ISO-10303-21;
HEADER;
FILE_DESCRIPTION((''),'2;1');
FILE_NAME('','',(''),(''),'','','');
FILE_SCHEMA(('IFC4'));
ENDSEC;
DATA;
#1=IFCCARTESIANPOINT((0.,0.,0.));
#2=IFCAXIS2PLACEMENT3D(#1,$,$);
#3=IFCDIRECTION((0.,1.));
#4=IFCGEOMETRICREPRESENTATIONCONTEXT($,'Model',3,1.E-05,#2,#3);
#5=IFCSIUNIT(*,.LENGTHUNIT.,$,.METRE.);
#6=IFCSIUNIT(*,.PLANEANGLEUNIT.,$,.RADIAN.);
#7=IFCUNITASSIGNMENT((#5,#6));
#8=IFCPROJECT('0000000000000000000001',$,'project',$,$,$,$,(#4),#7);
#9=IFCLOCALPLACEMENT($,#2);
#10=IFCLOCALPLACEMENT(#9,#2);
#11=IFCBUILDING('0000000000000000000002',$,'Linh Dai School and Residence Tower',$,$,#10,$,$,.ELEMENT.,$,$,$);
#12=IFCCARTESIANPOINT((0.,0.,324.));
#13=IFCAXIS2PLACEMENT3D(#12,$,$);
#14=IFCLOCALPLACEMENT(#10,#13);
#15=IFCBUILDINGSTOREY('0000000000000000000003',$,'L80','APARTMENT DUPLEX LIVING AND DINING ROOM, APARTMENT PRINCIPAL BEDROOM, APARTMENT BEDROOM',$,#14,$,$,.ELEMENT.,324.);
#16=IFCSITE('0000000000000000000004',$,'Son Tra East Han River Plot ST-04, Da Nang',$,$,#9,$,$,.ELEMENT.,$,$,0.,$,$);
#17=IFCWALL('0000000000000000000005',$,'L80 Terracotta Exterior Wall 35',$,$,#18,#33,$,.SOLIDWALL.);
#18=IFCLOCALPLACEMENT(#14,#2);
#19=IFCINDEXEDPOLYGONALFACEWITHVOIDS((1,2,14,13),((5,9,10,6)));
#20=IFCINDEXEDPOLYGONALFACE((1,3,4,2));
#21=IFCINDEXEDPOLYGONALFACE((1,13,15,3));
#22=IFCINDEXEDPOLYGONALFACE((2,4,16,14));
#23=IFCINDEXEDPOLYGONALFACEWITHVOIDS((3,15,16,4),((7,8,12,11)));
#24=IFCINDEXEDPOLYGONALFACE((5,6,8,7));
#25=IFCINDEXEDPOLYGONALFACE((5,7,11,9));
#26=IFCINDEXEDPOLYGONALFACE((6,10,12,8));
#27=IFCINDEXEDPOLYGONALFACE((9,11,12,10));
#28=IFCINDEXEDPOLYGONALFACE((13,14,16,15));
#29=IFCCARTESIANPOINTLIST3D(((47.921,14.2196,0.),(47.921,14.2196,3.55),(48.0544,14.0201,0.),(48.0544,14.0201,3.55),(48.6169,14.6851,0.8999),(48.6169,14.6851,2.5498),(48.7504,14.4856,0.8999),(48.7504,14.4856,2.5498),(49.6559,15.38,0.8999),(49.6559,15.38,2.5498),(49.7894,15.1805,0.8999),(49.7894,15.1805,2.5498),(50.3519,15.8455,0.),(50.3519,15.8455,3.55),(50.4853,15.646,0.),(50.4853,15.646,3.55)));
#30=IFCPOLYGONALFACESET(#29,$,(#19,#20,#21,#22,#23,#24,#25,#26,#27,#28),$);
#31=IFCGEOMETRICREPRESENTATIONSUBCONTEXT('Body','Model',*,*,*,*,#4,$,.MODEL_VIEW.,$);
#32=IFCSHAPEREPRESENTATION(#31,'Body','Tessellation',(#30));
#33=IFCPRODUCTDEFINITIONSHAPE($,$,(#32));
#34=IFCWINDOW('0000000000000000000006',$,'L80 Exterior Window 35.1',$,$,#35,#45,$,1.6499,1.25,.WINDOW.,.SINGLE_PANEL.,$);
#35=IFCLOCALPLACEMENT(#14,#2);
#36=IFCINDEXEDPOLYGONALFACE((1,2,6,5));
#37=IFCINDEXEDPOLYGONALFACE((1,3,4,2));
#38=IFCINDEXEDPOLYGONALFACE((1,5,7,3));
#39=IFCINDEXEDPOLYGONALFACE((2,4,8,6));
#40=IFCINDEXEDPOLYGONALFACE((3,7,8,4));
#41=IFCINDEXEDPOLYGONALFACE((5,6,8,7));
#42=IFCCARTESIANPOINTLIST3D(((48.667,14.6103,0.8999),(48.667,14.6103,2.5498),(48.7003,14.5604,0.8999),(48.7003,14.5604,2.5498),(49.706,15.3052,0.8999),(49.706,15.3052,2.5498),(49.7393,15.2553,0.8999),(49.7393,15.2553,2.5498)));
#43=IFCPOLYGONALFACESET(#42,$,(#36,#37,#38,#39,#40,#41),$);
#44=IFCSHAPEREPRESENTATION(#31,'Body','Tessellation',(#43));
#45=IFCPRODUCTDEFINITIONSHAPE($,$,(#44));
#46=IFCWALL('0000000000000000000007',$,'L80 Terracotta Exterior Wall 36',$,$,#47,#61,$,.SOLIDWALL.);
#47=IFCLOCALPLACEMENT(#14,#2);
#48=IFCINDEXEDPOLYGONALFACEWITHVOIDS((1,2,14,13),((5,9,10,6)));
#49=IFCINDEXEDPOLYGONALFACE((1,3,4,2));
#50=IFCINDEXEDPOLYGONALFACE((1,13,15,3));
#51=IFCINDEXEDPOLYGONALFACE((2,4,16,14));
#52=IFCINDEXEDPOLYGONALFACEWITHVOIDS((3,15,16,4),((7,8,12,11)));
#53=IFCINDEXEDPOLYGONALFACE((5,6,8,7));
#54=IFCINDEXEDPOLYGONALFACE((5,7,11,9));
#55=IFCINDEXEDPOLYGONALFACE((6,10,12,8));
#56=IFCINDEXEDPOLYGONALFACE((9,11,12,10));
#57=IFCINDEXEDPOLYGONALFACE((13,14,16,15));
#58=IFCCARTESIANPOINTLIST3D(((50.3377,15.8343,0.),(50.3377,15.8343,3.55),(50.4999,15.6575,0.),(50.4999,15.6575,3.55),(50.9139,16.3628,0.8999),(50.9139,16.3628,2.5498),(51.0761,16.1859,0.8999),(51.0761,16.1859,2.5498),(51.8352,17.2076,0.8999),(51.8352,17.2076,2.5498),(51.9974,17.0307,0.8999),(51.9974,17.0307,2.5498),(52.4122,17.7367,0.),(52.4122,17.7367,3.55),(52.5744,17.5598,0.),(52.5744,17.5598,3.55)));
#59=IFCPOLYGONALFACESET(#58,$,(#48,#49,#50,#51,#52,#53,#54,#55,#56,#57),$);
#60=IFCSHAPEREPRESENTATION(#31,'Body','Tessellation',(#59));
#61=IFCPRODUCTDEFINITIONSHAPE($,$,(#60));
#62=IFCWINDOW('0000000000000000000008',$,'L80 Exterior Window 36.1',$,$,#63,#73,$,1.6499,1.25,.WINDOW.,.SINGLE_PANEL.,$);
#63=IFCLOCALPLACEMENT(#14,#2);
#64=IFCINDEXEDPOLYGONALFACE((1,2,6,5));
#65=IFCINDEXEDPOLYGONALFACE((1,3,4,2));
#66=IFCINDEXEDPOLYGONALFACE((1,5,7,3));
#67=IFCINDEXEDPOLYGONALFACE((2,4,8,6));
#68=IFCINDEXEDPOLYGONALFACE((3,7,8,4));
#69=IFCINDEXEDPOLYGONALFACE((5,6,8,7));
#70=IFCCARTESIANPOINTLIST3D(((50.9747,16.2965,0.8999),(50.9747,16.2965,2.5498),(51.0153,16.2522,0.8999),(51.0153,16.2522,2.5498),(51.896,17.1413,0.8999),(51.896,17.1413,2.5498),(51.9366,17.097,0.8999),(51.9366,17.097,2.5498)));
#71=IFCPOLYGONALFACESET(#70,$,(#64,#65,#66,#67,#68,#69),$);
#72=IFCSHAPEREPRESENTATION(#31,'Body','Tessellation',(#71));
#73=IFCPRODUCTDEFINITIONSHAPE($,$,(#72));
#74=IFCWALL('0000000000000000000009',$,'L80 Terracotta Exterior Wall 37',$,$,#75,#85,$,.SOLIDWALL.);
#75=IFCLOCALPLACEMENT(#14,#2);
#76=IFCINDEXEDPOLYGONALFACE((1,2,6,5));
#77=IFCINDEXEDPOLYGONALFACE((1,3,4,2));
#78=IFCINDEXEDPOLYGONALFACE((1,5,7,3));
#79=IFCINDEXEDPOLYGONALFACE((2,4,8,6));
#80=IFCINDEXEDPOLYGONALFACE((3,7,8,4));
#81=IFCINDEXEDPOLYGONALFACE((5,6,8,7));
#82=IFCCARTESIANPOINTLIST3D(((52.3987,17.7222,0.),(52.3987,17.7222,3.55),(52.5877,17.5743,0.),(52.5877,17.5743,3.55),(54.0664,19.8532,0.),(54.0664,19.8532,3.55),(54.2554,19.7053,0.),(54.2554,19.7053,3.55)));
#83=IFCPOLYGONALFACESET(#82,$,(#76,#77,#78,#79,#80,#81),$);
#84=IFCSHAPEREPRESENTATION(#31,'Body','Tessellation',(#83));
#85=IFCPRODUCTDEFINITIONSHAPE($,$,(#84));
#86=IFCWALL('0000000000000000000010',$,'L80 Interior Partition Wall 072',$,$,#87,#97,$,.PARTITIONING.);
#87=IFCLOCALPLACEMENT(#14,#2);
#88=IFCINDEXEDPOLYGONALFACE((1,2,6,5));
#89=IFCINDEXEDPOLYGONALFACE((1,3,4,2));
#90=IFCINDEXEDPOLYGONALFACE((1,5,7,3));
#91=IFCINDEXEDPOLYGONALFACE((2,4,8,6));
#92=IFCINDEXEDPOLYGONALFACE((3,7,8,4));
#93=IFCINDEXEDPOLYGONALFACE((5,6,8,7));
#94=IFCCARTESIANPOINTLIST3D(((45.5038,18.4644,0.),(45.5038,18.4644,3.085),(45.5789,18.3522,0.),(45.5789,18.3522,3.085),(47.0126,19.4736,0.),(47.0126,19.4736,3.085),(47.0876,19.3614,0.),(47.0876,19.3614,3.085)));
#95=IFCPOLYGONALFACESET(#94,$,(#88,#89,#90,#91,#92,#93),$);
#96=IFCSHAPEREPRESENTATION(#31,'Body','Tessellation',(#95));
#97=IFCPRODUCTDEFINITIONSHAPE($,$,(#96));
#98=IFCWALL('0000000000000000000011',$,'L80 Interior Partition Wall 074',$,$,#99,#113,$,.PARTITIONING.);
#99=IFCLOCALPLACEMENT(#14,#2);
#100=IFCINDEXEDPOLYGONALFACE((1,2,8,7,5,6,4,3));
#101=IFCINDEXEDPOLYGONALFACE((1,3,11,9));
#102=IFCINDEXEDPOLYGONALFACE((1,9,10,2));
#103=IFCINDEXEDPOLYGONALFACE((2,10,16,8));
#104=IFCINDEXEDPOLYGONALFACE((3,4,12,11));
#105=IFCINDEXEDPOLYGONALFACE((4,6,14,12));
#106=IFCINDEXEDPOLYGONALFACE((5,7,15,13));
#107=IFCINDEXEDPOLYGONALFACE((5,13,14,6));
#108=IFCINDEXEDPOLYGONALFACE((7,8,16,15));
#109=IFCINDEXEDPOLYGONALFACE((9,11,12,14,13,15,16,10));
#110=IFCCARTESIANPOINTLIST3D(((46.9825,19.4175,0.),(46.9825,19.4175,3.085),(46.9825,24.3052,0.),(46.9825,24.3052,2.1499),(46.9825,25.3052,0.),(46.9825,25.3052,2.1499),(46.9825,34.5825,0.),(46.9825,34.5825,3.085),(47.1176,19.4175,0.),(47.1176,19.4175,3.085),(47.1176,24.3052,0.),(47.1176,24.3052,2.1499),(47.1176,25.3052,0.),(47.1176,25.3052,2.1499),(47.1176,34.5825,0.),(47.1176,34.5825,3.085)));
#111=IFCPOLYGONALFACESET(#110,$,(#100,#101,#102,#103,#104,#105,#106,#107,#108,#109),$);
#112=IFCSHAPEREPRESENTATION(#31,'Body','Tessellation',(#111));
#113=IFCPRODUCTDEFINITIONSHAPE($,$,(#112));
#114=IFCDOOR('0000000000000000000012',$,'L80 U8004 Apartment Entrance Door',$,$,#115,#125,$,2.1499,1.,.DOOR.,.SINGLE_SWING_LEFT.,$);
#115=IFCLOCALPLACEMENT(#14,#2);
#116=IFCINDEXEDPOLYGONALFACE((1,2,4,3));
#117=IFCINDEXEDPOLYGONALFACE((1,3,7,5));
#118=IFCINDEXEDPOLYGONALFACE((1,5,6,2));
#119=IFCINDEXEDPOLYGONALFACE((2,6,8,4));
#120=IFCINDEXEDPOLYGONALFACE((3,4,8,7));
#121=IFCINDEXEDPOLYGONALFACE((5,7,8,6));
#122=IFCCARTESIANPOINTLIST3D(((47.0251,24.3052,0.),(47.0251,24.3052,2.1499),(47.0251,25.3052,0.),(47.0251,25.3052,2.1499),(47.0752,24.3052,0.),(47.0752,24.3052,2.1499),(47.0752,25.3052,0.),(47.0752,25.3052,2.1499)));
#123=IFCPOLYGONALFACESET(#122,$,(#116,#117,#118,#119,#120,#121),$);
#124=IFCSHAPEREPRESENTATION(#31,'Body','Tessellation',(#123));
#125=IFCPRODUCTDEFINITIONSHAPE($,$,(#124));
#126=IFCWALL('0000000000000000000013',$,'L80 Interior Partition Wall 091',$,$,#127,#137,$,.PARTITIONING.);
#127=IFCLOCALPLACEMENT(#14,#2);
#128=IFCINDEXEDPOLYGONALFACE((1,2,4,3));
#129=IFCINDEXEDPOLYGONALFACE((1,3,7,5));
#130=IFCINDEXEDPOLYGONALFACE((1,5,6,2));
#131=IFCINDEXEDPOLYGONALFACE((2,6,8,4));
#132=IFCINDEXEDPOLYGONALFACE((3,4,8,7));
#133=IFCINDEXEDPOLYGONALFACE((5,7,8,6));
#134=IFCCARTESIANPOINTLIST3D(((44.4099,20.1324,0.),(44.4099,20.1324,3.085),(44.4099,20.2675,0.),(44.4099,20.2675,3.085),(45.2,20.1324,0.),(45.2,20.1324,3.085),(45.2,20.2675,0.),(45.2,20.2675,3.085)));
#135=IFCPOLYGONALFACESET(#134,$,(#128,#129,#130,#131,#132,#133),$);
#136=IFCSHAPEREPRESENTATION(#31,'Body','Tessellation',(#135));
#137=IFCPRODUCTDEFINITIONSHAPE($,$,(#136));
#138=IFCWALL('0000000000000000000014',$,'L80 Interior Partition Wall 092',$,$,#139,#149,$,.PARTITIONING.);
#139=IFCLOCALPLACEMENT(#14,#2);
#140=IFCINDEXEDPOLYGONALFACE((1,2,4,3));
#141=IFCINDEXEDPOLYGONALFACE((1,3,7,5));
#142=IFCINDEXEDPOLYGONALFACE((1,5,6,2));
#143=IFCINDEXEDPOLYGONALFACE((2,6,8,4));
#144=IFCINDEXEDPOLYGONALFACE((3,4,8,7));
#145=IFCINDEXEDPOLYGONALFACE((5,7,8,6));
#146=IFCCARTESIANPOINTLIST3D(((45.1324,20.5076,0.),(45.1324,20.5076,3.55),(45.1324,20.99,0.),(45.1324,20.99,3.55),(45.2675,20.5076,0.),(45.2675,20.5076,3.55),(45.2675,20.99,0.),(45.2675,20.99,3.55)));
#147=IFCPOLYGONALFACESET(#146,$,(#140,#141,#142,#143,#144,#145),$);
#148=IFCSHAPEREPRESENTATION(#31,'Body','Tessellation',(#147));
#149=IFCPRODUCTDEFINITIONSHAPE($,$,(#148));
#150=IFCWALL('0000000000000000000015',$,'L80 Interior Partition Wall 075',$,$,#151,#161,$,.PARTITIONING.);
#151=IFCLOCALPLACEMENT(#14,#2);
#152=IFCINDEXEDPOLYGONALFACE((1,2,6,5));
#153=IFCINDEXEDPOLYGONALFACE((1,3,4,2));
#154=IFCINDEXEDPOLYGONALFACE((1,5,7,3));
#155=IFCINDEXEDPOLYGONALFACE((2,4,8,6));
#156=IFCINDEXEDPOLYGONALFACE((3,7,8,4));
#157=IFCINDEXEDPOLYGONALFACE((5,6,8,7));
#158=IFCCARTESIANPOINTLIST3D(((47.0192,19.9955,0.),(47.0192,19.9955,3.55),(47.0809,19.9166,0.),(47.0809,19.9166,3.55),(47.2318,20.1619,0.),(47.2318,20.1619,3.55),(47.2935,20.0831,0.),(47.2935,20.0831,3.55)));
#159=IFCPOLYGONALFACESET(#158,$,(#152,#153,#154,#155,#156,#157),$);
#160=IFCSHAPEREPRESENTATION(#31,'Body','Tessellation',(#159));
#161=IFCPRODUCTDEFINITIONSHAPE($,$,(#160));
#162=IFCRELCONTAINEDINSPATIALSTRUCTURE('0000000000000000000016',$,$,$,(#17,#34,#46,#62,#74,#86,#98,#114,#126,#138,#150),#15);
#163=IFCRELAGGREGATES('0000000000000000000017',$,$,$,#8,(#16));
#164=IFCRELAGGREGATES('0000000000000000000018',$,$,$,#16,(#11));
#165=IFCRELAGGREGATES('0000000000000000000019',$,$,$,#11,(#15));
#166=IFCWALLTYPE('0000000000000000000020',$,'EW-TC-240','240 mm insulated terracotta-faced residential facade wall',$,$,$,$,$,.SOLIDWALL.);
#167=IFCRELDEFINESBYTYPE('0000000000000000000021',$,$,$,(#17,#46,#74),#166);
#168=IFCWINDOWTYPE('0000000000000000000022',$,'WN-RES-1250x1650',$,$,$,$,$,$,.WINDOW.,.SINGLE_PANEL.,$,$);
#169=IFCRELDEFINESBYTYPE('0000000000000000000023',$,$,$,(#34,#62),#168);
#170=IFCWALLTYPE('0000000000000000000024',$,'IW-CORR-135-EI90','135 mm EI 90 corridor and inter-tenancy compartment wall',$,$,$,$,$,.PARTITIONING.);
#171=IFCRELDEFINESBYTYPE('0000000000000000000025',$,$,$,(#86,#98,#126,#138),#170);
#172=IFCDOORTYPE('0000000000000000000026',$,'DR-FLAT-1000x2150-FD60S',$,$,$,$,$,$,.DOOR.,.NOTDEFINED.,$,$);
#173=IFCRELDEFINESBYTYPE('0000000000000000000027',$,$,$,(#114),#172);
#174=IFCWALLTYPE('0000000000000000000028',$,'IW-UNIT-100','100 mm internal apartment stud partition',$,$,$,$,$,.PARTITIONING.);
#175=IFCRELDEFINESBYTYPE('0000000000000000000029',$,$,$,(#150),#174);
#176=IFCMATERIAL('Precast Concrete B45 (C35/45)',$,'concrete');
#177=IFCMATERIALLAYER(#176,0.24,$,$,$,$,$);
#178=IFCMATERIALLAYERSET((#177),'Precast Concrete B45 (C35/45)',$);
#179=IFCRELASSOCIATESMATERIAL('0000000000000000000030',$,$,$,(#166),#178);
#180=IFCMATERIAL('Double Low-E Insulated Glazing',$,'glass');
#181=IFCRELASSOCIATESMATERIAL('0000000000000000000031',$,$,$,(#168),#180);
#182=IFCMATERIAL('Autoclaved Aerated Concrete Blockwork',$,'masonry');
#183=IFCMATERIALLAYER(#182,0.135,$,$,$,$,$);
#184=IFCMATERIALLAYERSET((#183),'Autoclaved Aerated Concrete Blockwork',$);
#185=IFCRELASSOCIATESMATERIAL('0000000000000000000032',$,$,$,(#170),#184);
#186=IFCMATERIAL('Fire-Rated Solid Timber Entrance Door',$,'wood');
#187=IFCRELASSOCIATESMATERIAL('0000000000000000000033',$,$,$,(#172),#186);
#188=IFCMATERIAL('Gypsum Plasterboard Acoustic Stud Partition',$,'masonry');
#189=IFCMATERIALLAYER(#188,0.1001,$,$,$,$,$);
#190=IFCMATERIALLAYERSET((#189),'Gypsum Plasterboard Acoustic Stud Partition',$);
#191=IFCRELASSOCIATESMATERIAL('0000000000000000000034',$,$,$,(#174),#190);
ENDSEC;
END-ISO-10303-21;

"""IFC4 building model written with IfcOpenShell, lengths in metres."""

from ifc_helpers import new_model, si_unit, direction, frame, frame_2d, origin, origin_2d, place, context, subcontext, project, spatial, rectangle, extrude, source, transform, mapped, material, layer, layer_set, type_object, element, fill, save


model = new_model("IFC4")

# Units and contexts
model_context = context("Model", 3, precision=1e-05, world=origin(), true_north=direction((0.0, 1.0)))
body_context = subcontext(model_context, "Body", "Model", "MODEL_VIEW")
ifc_project = project(units=[si_unit("LENGTHUNIT", "METRE"), si_unit("PLANEANGLEUNIT", "RADIAN")], contexts=[model_context])

# Site, building, storey
site_placement = place(None, origin())
site = spatial("IfcSite", under=ifc_project, at=site_placement, Name="Son Tra East Han River Plot ST-04, Da Nang", CompositionType="ELEMENT", RefElevation=0.0)
building_placement = place(site_placement, origin())
building = spatial("IfcBuilding", under=site, at=building_placement, Name="Linh Dai School and Residence Tower", CompositionType="ELEMENT")
storey_placement = place(building_placement, frame((0.0, 0.0, 324.0)))
storey = spatial("IfcBuildingStorey", under=building, at=storey_placement, Name="L80", Description="APARTMENT DUPLEX LIVING AND DINING ROOM, APARTMENT PRINCIPAL BEDROOM, APARTMENT BEDROOM", CompositionType="ELEMENT", Elevation=324.0)

# Shared definitions
ifc_material_1 = material(Name="Precast Concrete B45 (C35/45)", Category="concrete")

# Walls, openings, windows
ifc_layer_1 = layer(ifc_material_1, 0.24)
ifc_layer_set_1 = layer_set([ifc_layer_1], Name="Precast Concrete B45 (C35/45)")
wall_type_1 = type_object("IfcWallType", Name="EW-TC-240", Description="240 mm insulated terracotta-faced residential facade wall", PredefinedType="SOLIDWALL", material=ifc_layer_set_1)
ifc_material_2 = material(Name="Double Low-E Insulated Glazing", Category="glass")
window_type = type_object("IfcWindowType", Name="WN-RES-1250x1650", PartitioningType="SINGLE_PANEL", PredefinedType="WINDOW", material=ifc_material_2)
shared_shape_1 = source(origin(), body_context, "Body", "SweptSolid", [
    extrude(rectangle(XDim=1.25, YDim=1.6499, at=origin_2d()), frame((0.625, 0.03, 0.825), z_axis=(0.0, -1.0, 0.0), x_axis=(1.0, 0.0, 0.0)), (0.0, 0.0, 1.0), 0.0601),
])
wall_1_placement = place(storey_placement, frame((50.4187, 15.7458, 0.0), z_axis=(0.0, 0.0, 1.0), x_axis=(-0.831202, -0.555971, 0.0)))
wall_1 = element("IfcWall", 1, at=wall_1_placement, inside=storey, type_object=wall_type_1, Name="L80 Terracotta Exterior Wall 35", PredefinedType="SOLIDWALL", context=body_context, shape_type="SweptSolid", body=[
    extrude(rectangle(XDim=2.9246, YDim=0.24, at=frame_2d((1.4624, 0.0))), origin(), (0.0, 0.0, 1.0), 3.55),
])
opening_1_placement = place(wall_1_placement, frame((0.8374, 0.0, 0.8999)))
opening_1 = element("IfcOpeningElement", 2, at=opening_1_placement, cuts=wall_1, PredefinedType="OPENING", context=body_context, shape_type="SweptSolid", body=[
    extrude(rectangle(XDim=1.25, YDim=1.6499, at=origin_2d()), frame((0.625, 0.1299, 0.825), z_axis=(0.0, -1.0, 0.0), x_axis=(1.0, 0.0, 0.0)), (0.0, 0.0, 1.0), 0.26),
])
window_1_placement = place(opening_1_placement, origin())
window_1 = element("IfcWindow", 3, at=window_1_placement, inside=storey, type_object=window_type, Name="L80 Exterior Window 35.1", OverallHeight=1.6499, OverallWidth=1.25, PartitioningType="SINGLE_PANEL", PredefinedType="WINDOW", context=body_context, shape_type="MappedRepresentation", body=[
    mapped(shared_shape_1, transform((0.0, 0.0, 0.0), x_axis=(1.0, 0.0, 0.0), y_axis=(0.0, 1.0, 0.0), z_axis=(0.0, 0.0, 1.0), scale=1.0)),
])
fill(opening_1, window_1)
wall_2_placement = place(storey_placement, frame((52.4932, 17.6482, 0.0), z_axis=(0.0, 0.0, 1.0), x_axis=(-0.737021, -0.67587, 0.0)))
wall_2 = element("IfcWall", 4, at=wall_2_placement, inside=storey, type_object=wall_type_1, Name="L80 Terracotta Exterior Wall 36", PredefinedType="SOLIDWALL", context=body_context, shape_type="SweptSolid", body=[
    extrude(rectangle(XDim=2.8147, YDim=0.24, at=frame_2d((1.4072, 0.0))), origin(), (0.0, 0.0, 1.0), 3.55),
])
opening_2_placement = place(wall_2_placement, frame((0.7827, 0.0, 0.8999)))
opening_2 = element("IfcOpeningElement", 5, at=opening_2_placement, cuts=wall_2, PredefinedType="OPENING", context=body_context, shape_type="SweptSolid", body=[
    extrude(rectangle(XDim=1.25, YDim=1.6499, at=origin_2d()), frame((0.625, 0.1299, 0.825), z_axis=(0.0, -1.0, 0.0), x_axis=(1.0, 0.0, 0.0)), (0.0, 0.0, 1.0), 0.26),
])
window_2_placement = place(opening_2_placement, origin())
window_2 = element("IfcWindow", 6, at=window_2_placement, inside=storey, type_object=window_type, Name="L80 Exterior Window 36.1", OverallHeight=1.6499, OverallWidth=1.25, PartitioningType="SINGLE_PANEL", PredefinedType="WINDOW", context=body_context, shape_type="MappedRepresentation", body=[
    mapped(shared_shape_1, transform((0.0, 0.0, 0.0), x_axis=(1.0, 0.0, 0.0), y_axis=(0.0, 1.0, 0.0), z_axis=(0.0, 0.0, 1.0), scale=1.0)),
])
fill(opening_2, window_2)

# Walls
wall_3_placement = place(storey_placement, frame((54.1609, 19.7793, 0.0), z_axis=(0.0, 0.0, 1.0), x_axis=(-0.616286, -0.787522, 0.0)))
element("IfcWall", 7, at=wall_3_placement, inside=storey, type_object=wall_type_1, Name="L80 Terracotta Exterior Wall 37", PredefinedType="SOLIDWALL", context=body_context, shape_type="SweptSolid", body=[
    extrude(rectangle(XDim=2.7061, YDim=0.24, at=frame_2d((1.353, 0.0))), origin(), (0.0, 0.0, 1.0), 3.55),
])
ifc_material_3 = material(Name="Autoclaved Aerated Concrete Blockwork", Category="masonry")
ifc_layer_2 = layer(ifc_material_3, 0.135)
ifc_layer_set_2 = layer_set([ifc_layer_2], Name="Autoclaved Aerated Concrete Blockwork")
wall_type_2 = type_object("IfcWallType", Name="IW-CORR-135-EI90", Description="135 mm EI 90 corridor and inter-tenancy compartment wall", PredefinedType="PARTITIONING", material=ifc_layer_set_2)
wall_4_placement = place(storey_placement, frame((45.5413, 18.4082, 0.0), z_axis=(0.0, 0.0, 1.0), x_axis=(0.83118, 0.556003, 0.0)))
element("IfcWall", 8, at=wall_4_placement, inside=storey, type_object=wall_type_2, Name="L80 Interior Partition Wall 072", PredefinedType="PARTITIONING", context=body_context, shape_type="SweptSolid", body=[
    extrude(rectangle(XDim=1.8152, YDim=0.135, at=frame_2d((0.9077, 0.0))), origin(), (0.0, 0.0, 1.0), 3.085),
])

# Wall, opening, door
wall_5_placement = place(storey_placement, frame((47.05, 19.4175, 0.0), z_axis=(0.0, 0.0, 1.0), x_axis=(0.0, 1.0, 0.0)))
wall_5 = element("IfcWall", 9, at=wall_5_placement, inside=storey, type_object=wall_type_2, Name="L80 Interior Partition Wall 074", PredefinedType="PARTITIONING", context=body_context, shape_type="SweptSolid", body=[
    extrude(rectangle(XDim=15.165, YDim=0.135, at=frame_2d((7.5825, 0.0))), origin(), (0.0, 0.0, 1.0), 3.085),
])
opening_3_placement = place(wall_5_placement, frame((4.8877, 0.0, 0.0)))
opening_3 = element("IfcOpeningElement", 10, at=opening_3_placement, cuts=wall_5, PredefinedType="OPENING", context=body_context, shape_type="SweptSolid", body=[
    extrude(rectangle(XDim=1.0, YDim=2.1499, at=origin_2d()), frame((0.5, 0.0776, 1.075), z_axis=(0.0, -1.0, 0.0), x_axis=(1.0, 0.0, 0.0)), (0.0, 0.0, 1.0), 0.155),
])
ifc_material_4 = material(Name="Fire-Rated Solid Timber Entrance Door", Category="wood")
door_type_1 = type_object("IfcDoorType", Name="DR-FLAT-1000x2150-FD60S", OperationType="NOTDEFINED", PredefinedType="DOOR", material=ifc_material_4)
shared_shape_2 = source(origin(), body_context, "Body", "SweptSolid", [
    extrude(rectangle(XDim=1.0, YDim=2.1499, at=origin_2d()), frame((0.5, 0.0249, 1.075), z_axis=(0.0, -1.0, 0.0), x_axis=(1.0, 0.0, 0.0)), (0.0, 0.0, 1.0), 0.05),
])
door_1_placement = place(opening_3_placement, origin())
door_1 = element("IfcDoor", 11, at=door_1_placement, inside=storey, type_object=door_type_1, Name="L80 U8004 Apartment Entrance Door", OperationType="SINGLE_SWING_LEFT", OverallHeight=2.1499, OverallWidth=1.0, PredefinedType="DOOR", context=body_context, shape_type="MappedRepresentation", body=[
    mapped(shared_shape_2, transform((0.0, 0.0, 0.0), x_axis=(1.0, 0.0, 0.0), y_axis=(0.0, 1.0, 0.0), z_axis=(0.0, 0.0, 1.0), scale=1.0)),
])
fill(opening_3, door_1)

# Walls
wall_6_placement = place(storey_placement, frame((44.4099, 20.2, 0.0), z_axis=(0.0, 0.0, 1.0), x_axis=(1.0, 0.0, 0.0)))
element("IfcWall", 12, at=wall_6_placement, inside=storey, type_object=wall_type_2, Name="L80 Interior Partition Wall 091", PredefinedType="PARTITIONING", context=body_context, shape_type="SweptSolid", body=[
    extrude(rectangle(XDim=0.79, YDim=0.135, at=frame_2d((0.395, 0.0))), origin(), (0.0, 0.0, 1.0), 3.085),
])
wall_7_placement = place(storey_placement, frame((45.2, 20.5076, 0.0), z_axis=(0.0, 0.0, 1.0), x_axis=(0.0, 1.0, 0.0)))
element("IfcWall", 13, at=wall_7_placement, inside=storey, type_object=wall_type_2, Name="L80 Interior Partition Wall 092", PredefinedType="PARTITIONING", context=body_context, shape_type="SweptSolid", body=[
    extrude(rectangle(XDim=0.4824, YDim=0.135, at=frame_2d((0.2412, 0.0))), origin(), (0.0, 0.0, 1.0), 3.55),
])
ifc_material_5 = material(Name="Gypsum Plasterboard Acoustic Stud Partition", Category="masonry")
ifc_layer_3 = layer(ifc_material_5, 0.1001)
ifc_layer_set_3 = layer_set([ifc_layer_3], Name="Gypsum Plasterboard Acoustic Stud Partition")
wall_type_3 = type_object("IfcWallType", Name="IW-UNIT-100", Description="100 mm internal apartment stud partition", PredefinedType="PARTITIONING", material=ifc_layer_set_3)
wall_8_placement = place(storey_placement, frame((47.05, 19.9561, 0.0), z_axis=(0.0, 0.0, 1.0), x_axis=(0.787352, 0.616503, 0.0)))
element("IfcWall", 14, at=wall_8_placement, inside=storey, type_object=wall_type_3, Name="L80 Interior Partition Wall 075", PredefinedType="PARTITIONING", context=body_context, shape_type="SweptSolid", body=[
    extrude(rectangle(XDim=0.27, YDim=0.1001, at=frame_2d((0.135, 0.0))), origin(), (0.0, 0.0, 1.0), 3.55),
])

save(model, "model.ifc")
